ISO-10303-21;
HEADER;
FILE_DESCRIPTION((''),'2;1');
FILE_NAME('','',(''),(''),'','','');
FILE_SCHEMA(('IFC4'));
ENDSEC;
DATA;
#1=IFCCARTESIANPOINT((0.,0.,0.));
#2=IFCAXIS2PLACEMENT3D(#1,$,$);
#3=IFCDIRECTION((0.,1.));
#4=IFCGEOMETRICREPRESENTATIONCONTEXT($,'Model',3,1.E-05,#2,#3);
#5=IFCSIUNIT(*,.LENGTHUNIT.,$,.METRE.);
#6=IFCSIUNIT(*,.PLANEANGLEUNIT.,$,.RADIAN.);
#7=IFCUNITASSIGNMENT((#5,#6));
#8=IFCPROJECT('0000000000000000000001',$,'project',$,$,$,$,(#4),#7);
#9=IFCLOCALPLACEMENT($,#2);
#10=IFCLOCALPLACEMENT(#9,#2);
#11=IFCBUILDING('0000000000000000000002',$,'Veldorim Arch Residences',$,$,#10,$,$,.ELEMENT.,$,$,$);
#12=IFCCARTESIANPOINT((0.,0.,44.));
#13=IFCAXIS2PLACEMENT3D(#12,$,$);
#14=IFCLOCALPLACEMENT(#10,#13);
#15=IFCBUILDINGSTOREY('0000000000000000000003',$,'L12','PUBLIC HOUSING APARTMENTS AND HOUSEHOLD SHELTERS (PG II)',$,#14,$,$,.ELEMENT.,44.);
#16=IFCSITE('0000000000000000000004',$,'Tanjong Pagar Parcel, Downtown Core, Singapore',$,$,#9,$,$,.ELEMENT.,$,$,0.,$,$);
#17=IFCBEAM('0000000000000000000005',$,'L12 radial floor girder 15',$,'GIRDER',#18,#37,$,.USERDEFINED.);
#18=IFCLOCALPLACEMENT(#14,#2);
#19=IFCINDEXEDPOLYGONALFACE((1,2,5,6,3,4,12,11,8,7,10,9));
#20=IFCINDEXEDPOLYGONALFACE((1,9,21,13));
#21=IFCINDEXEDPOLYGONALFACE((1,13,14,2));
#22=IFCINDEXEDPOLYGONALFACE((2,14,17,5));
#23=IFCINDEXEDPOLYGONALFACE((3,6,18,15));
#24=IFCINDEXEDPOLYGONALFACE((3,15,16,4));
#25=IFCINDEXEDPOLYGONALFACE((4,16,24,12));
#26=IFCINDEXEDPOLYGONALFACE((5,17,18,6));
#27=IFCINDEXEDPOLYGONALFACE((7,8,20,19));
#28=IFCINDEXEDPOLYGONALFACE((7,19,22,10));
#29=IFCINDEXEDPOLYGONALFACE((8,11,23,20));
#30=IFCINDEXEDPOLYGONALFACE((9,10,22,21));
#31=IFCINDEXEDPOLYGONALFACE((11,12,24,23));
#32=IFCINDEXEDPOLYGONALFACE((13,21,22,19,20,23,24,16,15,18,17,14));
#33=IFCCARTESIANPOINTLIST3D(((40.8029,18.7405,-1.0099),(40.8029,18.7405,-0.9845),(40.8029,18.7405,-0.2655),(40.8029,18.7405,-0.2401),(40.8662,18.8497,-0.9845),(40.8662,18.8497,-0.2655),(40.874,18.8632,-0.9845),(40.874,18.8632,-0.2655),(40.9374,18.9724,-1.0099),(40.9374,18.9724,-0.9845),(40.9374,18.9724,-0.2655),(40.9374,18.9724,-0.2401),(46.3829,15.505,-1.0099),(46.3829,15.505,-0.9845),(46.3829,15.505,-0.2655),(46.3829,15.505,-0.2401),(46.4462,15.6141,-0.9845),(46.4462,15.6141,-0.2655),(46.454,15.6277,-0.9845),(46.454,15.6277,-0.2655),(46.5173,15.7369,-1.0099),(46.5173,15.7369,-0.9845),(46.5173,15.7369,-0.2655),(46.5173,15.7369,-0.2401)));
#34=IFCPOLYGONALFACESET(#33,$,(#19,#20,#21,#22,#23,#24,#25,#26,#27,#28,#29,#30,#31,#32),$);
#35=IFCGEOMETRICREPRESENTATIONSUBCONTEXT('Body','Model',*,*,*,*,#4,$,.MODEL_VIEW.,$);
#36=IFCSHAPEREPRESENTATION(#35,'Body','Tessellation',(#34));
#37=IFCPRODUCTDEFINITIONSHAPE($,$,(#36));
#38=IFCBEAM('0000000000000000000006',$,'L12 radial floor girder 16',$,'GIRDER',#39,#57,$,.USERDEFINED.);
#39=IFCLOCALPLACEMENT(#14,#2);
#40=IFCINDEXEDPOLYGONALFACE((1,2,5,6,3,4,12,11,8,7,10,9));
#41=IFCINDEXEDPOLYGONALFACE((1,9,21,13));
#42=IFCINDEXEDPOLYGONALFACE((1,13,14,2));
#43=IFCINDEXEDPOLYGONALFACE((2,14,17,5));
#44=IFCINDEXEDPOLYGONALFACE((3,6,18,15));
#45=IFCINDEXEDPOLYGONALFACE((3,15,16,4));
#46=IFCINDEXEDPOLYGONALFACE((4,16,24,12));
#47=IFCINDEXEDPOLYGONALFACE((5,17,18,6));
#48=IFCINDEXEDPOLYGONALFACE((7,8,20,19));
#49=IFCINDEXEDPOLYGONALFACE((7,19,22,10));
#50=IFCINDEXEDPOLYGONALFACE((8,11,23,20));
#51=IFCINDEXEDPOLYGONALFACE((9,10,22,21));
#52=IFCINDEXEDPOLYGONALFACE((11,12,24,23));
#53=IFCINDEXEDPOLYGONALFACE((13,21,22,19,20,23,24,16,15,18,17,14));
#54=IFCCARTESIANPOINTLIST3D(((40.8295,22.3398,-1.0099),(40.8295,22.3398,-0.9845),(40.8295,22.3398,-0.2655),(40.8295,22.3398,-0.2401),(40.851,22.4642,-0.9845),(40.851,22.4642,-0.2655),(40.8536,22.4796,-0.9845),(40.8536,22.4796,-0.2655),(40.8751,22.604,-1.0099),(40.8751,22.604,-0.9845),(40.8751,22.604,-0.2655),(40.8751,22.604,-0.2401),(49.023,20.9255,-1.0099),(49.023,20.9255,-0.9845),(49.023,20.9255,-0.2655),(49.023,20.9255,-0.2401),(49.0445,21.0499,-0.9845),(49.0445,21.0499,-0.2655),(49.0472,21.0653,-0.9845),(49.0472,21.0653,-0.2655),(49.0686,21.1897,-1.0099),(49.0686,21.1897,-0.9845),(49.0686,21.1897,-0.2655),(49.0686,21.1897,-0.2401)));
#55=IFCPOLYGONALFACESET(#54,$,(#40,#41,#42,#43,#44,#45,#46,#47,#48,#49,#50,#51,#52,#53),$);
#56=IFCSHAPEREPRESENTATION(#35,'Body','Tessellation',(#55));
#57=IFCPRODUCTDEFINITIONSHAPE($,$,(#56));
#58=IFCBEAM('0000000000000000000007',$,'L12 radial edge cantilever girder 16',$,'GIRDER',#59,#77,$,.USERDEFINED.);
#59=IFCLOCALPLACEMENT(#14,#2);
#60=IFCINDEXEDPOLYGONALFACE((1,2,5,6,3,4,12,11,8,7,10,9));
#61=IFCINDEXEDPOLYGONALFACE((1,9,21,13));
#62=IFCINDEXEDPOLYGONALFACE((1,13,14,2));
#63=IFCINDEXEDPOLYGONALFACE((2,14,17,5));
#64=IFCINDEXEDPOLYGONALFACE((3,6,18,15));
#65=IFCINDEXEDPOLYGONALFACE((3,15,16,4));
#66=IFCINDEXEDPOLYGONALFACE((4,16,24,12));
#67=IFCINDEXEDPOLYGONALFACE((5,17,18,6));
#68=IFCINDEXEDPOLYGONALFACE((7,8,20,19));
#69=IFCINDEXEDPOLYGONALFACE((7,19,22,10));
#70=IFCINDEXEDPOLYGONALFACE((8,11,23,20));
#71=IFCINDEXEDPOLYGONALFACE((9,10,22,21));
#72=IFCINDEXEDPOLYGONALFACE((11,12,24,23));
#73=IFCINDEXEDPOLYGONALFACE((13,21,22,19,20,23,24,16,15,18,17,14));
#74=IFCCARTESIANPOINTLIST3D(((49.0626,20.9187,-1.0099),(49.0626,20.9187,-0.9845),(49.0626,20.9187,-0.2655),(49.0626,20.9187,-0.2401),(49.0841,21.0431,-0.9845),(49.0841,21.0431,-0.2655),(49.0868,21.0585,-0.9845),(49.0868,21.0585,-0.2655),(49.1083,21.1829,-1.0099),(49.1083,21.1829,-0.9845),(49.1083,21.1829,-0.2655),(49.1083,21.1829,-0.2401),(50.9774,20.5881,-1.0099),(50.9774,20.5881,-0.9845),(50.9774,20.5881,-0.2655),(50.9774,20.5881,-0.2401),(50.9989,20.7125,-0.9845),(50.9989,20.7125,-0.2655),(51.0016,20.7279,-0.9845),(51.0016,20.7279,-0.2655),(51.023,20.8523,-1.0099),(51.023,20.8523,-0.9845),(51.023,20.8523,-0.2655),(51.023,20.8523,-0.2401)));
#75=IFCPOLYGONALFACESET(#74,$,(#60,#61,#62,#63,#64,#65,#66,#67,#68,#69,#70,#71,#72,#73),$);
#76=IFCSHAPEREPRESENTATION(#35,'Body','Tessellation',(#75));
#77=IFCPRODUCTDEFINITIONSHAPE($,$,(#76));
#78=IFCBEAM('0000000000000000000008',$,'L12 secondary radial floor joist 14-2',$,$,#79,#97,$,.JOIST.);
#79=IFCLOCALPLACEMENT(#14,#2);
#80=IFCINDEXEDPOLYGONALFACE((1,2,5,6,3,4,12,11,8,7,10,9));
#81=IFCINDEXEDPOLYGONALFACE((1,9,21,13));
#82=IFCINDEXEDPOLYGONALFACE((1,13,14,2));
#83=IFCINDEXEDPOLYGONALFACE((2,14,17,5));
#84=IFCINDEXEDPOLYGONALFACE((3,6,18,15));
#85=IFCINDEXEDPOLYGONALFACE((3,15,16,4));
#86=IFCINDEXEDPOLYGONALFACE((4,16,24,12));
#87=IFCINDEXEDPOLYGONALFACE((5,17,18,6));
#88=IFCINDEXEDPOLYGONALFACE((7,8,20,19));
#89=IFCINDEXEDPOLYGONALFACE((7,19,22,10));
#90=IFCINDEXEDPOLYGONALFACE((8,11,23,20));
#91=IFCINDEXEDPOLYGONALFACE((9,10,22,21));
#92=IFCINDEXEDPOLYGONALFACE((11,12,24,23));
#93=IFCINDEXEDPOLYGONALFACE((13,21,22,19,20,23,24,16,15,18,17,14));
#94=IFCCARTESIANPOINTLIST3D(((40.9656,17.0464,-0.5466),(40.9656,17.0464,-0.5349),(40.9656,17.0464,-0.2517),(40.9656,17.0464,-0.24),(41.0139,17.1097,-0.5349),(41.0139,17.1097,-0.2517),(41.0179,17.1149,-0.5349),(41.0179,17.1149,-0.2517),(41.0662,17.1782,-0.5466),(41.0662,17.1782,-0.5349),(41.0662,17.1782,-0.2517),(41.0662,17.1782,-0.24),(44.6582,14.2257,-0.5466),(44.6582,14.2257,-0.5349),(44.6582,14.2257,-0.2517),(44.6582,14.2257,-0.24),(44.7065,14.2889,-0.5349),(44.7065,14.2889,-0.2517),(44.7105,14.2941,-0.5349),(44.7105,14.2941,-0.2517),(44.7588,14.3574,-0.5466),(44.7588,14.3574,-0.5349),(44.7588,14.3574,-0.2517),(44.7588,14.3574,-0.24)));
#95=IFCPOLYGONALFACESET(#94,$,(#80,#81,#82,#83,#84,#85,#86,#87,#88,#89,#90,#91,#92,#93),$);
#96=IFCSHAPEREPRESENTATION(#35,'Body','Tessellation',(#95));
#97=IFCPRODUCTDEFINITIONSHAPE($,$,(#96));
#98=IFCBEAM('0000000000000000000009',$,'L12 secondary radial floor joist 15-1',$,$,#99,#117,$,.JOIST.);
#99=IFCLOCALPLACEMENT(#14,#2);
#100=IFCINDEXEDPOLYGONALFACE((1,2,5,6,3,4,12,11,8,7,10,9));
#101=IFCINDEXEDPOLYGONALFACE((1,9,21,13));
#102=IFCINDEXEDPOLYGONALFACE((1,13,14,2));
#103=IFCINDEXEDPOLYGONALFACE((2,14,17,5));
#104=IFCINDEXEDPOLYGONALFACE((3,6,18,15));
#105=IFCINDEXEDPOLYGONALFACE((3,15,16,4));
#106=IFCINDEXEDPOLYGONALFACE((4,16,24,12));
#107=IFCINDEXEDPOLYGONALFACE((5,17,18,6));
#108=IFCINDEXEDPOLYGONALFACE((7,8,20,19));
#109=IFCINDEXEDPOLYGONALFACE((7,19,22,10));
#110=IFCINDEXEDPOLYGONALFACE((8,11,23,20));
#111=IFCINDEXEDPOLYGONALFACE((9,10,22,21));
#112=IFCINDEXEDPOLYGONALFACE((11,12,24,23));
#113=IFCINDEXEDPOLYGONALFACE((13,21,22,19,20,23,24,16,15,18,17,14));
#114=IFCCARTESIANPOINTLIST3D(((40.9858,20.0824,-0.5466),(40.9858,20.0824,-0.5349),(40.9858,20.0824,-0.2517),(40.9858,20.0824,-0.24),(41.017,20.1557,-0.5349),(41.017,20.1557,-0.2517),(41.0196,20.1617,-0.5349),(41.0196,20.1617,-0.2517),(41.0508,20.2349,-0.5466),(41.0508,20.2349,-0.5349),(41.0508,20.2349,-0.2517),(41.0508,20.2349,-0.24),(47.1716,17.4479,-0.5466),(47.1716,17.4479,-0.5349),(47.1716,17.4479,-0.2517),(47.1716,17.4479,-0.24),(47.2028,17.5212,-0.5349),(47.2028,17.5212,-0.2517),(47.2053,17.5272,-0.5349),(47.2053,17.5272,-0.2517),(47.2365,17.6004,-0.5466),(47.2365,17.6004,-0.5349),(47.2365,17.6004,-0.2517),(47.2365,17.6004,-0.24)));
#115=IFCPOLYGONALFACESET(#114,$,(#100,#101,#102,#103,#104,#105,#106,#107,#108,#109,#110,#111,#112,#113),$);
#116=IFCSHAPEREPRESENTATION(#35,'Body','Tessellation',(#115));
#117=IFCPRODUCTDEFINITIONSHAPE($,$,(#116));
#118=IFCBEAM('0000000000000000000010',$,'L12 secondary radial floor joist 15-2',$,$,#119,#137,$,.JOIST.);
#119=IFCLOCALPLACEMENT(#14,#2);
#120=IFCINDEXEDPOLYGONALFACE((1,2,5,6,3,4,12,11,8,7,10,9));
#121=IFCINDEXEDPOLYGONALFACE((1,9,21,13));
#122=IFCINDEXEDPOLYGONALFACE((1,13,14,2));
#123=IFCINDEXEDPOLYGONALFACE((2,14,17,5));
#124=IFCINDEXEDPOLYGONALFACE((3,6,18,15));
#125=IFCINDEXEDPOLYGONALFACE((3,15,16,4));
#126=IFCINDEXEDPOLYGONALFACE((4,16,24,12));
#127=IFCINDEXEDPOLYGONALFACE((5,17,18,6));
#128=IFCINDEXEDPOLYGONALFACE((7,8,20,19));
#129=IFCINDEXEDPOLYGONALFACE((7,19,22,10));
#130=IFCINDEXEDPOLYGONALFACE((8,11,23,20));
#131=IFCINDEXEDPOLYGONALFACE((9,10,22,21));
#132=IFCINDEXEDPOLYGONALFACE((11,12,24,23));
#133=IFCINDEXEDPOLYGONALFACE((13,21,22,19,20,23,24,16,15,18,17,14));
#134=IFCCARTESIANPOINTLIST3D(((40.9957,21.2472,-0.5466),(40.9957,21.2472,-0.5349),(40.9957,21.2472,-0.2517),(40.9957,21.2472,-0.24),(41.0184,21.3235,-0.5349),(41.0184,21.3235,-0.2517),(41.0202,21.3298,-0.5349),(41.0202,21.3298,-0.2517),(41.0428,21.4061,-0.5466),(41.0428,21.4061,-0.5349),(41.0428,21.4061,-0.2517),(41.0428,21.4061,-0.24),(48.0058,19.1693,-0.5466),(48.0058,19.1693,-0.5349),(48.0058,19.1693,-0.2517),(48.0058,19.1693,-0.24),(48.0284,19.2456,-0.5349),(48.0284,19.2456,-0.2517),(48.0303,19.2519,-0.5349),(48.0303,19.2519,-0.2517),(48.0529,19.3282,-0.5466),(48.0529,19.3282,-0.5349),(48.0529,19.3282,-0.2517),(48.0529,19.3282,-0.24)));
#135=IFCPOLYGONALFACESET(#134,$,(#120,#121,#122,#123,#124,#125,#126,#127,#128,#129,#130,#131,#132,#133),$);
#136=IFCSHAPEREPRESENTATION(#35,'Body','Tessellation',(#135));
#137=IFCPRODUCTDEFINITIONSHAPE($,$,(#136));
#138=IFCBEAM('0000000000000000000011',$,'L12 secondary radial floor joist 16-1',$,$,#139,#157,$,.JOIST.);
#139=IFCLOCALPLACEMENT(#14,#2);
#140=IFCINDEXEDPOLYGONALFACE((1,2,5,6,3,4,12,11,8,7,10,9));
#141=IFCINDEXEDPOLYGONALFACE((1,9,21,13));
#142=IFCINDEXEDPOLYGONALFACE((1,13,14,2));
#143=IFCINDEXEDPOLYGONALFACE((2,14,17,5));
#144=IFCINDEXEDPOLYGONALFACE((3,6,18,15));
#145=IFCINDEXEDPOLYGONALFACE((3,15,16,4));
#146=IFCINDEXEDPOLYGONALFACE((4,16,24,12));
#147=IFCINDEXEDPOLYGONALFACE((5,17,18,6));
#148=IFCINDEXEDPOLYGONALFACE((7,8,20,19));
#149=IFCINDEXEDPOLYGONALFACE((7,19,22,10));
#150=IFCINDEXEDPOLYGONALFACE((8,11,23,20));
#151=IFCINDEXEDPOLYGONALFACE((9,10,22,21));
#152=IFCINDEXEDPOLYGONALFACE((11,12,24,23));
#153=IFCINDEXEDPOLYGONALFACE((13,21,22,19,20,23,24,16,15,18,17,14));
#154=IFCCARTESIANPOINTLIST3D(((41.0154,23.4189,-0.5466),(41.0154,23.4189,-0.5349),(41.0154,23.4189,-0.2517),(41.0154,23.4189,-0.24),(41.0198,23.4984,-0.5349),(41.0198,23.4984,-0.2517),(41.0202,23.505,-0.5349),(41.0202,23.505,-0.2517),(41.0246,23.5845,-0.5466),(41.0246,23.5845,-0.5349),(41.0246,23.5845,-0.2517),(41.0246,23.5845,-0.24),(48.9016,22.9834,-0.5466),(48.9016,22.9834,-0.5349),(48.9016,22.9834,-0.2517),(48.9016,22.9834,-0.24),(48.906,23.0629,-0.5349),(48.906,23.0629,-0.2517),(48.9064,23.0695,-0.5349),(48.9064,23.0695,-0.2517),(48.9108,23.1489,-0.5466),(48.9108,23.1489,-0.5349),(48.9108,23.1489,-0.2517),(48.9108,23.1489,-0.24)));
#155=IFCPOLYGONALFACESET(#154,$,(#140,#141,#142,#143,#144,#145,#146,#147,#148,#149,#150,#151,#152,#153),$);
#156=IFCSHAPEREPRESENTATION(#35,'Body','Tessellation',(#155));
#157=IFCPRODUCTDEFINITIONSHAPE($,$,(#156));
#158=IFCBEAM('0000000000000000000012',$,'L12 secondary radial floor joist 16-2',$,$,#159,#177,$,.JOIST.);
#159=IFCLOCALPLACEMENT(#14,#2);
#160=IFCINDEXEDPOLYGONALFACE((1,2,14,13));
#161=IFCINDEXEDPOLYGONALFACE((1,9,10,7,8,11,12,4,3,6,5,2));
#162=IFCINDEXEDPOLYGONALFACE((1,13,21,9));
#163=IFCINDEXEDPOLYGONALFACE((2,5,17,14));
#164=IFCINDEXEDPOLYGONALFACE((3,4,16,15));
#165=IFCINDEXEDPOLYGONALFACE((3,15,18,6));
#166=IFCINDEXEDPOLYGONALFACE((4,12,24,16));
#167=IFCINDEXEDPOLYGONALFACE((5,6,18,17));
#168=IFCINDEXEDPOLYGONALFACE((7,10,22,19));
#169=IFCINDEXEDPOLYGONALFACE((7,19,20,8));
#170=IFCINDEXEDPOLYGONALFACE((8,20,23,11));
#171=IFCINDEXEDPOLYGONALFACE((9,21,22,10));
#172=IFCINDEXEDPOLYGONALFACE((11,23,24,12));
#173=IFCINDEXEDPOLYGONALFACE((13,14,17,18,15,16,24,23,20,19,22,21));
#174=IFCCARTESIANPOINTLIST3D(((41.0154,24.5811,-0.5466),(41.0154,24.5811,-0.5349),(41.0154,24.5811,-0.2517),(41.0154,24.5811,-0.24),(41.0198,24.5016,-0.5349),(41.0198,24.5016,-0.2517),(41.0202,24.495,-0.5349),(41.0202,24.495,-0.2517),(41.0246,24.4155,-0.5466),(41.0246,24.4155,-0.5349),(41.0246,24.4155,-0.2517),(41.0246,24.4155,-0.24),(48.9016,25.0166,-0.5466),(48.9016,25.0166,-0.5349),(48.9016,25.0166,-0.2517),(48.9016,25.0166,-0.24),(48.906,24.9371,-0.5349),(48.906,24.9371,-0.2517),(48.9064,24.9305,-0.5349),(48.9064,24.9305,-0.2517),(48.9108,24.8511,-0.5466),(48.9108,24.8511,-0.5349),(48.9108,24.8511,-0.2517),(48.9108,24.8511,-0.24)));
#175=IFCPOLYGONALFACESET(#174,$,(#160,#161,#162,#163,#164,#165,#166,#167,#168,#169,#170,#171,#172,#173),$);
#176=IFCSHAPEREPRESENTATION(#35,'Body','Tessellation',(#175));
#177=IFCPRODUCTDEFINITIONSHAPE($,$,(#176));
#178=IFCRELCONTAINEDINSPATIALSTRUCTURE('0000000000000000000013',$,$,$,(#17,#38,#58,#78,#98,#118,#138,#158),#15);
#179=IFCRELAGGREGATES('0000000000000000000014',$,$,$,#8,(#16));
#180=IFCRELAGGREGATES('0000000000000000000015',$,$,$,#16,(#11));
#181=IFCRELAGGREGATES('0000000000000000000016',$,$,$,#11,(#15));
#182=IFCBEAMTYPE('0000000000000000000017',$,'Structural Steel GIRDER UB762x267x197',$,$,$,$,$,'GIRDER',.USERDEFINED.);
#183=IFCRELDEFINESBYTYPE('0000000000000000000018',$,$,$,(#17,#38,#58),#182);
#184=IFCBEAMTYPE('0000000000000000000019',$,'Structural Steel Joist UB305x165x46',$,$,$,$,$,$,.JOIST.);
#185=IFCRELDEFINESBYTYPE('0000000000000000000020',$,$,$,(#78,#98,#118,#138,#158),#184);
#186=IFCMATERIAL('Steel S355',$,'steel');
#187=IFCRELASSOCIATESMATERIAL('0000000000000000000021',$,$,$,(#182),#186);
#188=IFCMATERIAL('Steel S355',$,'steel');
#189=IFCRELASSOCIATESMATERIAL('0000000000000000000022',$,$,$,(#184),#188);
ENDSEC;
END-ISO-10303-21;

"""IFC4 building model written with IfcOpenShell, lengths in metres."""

from ifc_helpers import new_model, si_unit, direction, frame, origin, origin_2d, place, context, subcontext, project, spatial, i_section, extrude, material, material_profile, profile_set, type_object, element, save


model = new_model("IFC4")

# Units and contexts
model_context = context("Model", 3, precision=1e-05, world=origin(), true_north=direction((0.0, 1.0)))
body_context = subcontext(model_context, "Body", "Model", "MODEL_VIEW")
ifc_project = project(units=[si_unit("LENGTHUNIT", "METRE"), si_unit("PLANEANGLEUNIT", "RADIAN")], contexts=[model_context])

# Site, building, storey
site_placement = place(None, origin())
site = spatial("IfcSite", under=ifc_project, at=site_placement, Name="Tanjong Pagar Parcel, Downtown Core, Singapore", CompositionType="ELEMENT", RefElevation=0.0)
building_placement = place(site_placement, origin())
building = spatial("IfcBuilding", under=site, at=building_placement, Name="Veldorim Arch Residences", CompositionType="ELEMENT")
storey_placement = place(building_placement, frame((0.0, 0.0, 44.0)))
storey = spatial("IfcBuildingStorey", under=building, at=storey_placement, Name="L12", Description="PUBLIC HOUSING APARTMENTS AND HOUSEHOLD SHELTERS (PG II)", CompositionType="ELEMENT", Elevation=44.0)

# Beams
ifc_material_1 = material(Name="Steel S355", Category="steel")
ifc_material_profile_1 = material_profile(ifc_material_1, i_section(OverallWidth=0.2681, OverallDepth=0.7698, WebThickness=0.0156, FlangeThickness=0.0254, at=origin_2d()), Name="UB762x267x197")
ifc_profile_set_1 = profile_set([ifc_material_profile_1], Name="Steel S355")
beam_type_1 = type_object("IfcBeamType", Name="Structural Steel GIRDER UB762x267x197", ElementType="GIRDER", PredefinedType="USERDEFINED", material=ifc_profile_set_1)
beam_1_placement = place(storey_placement, frame((40.8701, 18.8564, -0.625), z_axis=(0.865088, -0.50162, 0.0), x_axis=(0.50162, 0.865088, 0.0)))
element("IfcBeam", 1, at=beam_1_placement, inside=storey, type_object=beam_type_1, Name="L12 radial floor girder 15", ObjectType="GIRDER", PredefinedType="USERDEFINED", context=body_context, shape_type="SweptSolid", body=[
    extrude(i_section(OverallWidth=0.2681, OverallDepth=0.7698, WebThickness=0.0156, FlangeThickness=0.0254, at=origin_2d()), origin(), (0.0, 0.0, 1.0), 6.4502),
])
beam_2_placement = place(storey_placement, frame((40.8523, 22.4719, -0.625), z_axis=(0.985428, -0.170096, 0.0), x_axis=(0.170096, 0.985428, 0.0)))
element("IfcBeam", 2, at=beam_2_placement, inside=storey, type_object=beam_type_1, Name="L12 radial floor girder 16", ObjectType="GIRDER", PredefinedType="USERDEFINED", context=body_context, shape_type="SweptSolid", body=[
    extrude(i_section(OverallWidth=0.2681, OverallDepth=0.7698, WebThickness=0.0156, FlangeThickness=0.0254, at=origin_2d()), origin(), (0.0, 0.0, 1.0), 8.3147),
])
beam_3_placement = place(storey_placement, frame((49.0854, 21.0508, -0.625), z_axis=(0.985423, -0.170121, 0.0), x_axis=(0.170121, 0.985423, 0.0)))
element("IfcBeam", 3, at=beam_3_placement, inside=storey, type_object=beam_type_1, Name="L12 radial edge cantilever girder 16", ObjectType="GIRDER", PredefinedType="USERDEFINED", context=body_context, shape_type="SweptSolid", body=[
    extrude(i_section(OverallWidth=0.2681, OverallDepth=0.7698, WebThickness=0.0156, FlangeThickness=0.0254, at=origin_2d()), origin(), (0.0, 0.0, 1.0), 1.9431),
])
ifc_material_2 = material(Name="Steel S355", Category="steel")
ifc_material_profile_2 = material_profile(ifc_material_2, i_section(OverallWidth=0.1658, OverallDepth=0.3066, WebThickness=0.0066, FlangeThickness=0.0117, at=origin_2d()), Name="UB305x165x46")
ifc_profile_set_2 = profile_set([ifc_material_profile_2], Name="Steel S355")
beam_type_2 = type_object("IfcBeamType", Name="Structural Steel Joist UB305x165x46", PredefinedType="JOIST", material=ifc_profile_set_2)
beam_4_placement = place(storey_placement, frame((41.0159, 17.1123, -0.3933), z_axis=(0.794666, -0.607046, 0.0), x_axis=(0.607046, 0.794666, 0.0)))
element("IfcBeam", 4, at=beam_4_placement, inside=storey, type_object=beam_type_2, Name="L12 secondary radial floor joist 14-2", PredefinedType="JOIST", context=body_context, shape_type="SweptSolid", body=[
    extrude(i_section(OverallWidth=0.1658, OverallDepth=0.3066, WebThickness=0.0066, FlangeThickness=0.0117, at=origin_2d()), origin(), (0.0, 0.0, 1.0), 4.6467),
])
beam_5_placement = place(storey_placement, frame((41.0183, 20.1587, -0.3933), z_axis=(0.920033, -0.391841, 0.0), x_axis=(0.391841, 0.920033, 0.0)))
element("IfcBeam", 5, at=beam_5_placement, inside=storey, type_object=beam_type_2, Name="L12 secondary radial floor joist 15-1", PredefinedType="JOIST", context=body_context, shape_type="SweptSolid", body=[
    extrude(i_section(OverallWidth=0.1658, OverallDepth=0.3066, WebThickness=0.0066, FlangeThickness=0.0117, at=origin_2d()), origin(), (0.0, 0.0, 1.0), 6.7234),
])
beam_6_placement = place(storey_placement, frame((41.0193, 21.3267, -0.3933), z_axis=(0.958767, -0.284194, 0.0), x_axis=(0.284194, 0.958767, 0.0)))
element("IfcBeam", 6, at=beam_6_placement, inside=storey, type_object=beam_type_2, Name="L12 secondary radial floor joist 15-2", PredefinedType="JOIST", context=body_context, shape_type="SweptSolid", body=[
    extrude(i_section(OverallWidth=0.1658, OverallDepth=0.3066, WebThickness=0.0066, FlangeThickness=0.0117, at=origin_2d()), origin(), (0.0, 0.0, 1.0), 7.3115),
])
for number, where, z_axis, x_axis, name in (
    (7, (41.02, 23.5017, -0.3933), (0.998478, -0.055145, 0.0), (0.055145, 0.998478, 0.0), "L12 secondary radial floor joist 16-1"),
    (8, (41.02, 24.4983, -0.3933), (0.998478, 0.055145, 0.0), (-0.055145, 0.998478, 0.0), "L12 secondary radial floor joist 16-2"),
):
    element("IfcBeam", number, at=place(storey_placement, frame(where, z_axis=z_axis, x_axis=x_axis)), inside=storey, type_object=beam_type_2, Name=name, PredefinedType="JOIST", context=body_context, shape_type="SweptSolid", body=[
        extrude(i_section(OverallWidth=0.1658, OverallDepth=0.3066, WebThickness=0.0066, FlangeThickness=0.0117, at=origin_2d()), origin(), (0.0, 0.0, 1.0), 7.8982),
    ])

save(model, "model.ifc")
